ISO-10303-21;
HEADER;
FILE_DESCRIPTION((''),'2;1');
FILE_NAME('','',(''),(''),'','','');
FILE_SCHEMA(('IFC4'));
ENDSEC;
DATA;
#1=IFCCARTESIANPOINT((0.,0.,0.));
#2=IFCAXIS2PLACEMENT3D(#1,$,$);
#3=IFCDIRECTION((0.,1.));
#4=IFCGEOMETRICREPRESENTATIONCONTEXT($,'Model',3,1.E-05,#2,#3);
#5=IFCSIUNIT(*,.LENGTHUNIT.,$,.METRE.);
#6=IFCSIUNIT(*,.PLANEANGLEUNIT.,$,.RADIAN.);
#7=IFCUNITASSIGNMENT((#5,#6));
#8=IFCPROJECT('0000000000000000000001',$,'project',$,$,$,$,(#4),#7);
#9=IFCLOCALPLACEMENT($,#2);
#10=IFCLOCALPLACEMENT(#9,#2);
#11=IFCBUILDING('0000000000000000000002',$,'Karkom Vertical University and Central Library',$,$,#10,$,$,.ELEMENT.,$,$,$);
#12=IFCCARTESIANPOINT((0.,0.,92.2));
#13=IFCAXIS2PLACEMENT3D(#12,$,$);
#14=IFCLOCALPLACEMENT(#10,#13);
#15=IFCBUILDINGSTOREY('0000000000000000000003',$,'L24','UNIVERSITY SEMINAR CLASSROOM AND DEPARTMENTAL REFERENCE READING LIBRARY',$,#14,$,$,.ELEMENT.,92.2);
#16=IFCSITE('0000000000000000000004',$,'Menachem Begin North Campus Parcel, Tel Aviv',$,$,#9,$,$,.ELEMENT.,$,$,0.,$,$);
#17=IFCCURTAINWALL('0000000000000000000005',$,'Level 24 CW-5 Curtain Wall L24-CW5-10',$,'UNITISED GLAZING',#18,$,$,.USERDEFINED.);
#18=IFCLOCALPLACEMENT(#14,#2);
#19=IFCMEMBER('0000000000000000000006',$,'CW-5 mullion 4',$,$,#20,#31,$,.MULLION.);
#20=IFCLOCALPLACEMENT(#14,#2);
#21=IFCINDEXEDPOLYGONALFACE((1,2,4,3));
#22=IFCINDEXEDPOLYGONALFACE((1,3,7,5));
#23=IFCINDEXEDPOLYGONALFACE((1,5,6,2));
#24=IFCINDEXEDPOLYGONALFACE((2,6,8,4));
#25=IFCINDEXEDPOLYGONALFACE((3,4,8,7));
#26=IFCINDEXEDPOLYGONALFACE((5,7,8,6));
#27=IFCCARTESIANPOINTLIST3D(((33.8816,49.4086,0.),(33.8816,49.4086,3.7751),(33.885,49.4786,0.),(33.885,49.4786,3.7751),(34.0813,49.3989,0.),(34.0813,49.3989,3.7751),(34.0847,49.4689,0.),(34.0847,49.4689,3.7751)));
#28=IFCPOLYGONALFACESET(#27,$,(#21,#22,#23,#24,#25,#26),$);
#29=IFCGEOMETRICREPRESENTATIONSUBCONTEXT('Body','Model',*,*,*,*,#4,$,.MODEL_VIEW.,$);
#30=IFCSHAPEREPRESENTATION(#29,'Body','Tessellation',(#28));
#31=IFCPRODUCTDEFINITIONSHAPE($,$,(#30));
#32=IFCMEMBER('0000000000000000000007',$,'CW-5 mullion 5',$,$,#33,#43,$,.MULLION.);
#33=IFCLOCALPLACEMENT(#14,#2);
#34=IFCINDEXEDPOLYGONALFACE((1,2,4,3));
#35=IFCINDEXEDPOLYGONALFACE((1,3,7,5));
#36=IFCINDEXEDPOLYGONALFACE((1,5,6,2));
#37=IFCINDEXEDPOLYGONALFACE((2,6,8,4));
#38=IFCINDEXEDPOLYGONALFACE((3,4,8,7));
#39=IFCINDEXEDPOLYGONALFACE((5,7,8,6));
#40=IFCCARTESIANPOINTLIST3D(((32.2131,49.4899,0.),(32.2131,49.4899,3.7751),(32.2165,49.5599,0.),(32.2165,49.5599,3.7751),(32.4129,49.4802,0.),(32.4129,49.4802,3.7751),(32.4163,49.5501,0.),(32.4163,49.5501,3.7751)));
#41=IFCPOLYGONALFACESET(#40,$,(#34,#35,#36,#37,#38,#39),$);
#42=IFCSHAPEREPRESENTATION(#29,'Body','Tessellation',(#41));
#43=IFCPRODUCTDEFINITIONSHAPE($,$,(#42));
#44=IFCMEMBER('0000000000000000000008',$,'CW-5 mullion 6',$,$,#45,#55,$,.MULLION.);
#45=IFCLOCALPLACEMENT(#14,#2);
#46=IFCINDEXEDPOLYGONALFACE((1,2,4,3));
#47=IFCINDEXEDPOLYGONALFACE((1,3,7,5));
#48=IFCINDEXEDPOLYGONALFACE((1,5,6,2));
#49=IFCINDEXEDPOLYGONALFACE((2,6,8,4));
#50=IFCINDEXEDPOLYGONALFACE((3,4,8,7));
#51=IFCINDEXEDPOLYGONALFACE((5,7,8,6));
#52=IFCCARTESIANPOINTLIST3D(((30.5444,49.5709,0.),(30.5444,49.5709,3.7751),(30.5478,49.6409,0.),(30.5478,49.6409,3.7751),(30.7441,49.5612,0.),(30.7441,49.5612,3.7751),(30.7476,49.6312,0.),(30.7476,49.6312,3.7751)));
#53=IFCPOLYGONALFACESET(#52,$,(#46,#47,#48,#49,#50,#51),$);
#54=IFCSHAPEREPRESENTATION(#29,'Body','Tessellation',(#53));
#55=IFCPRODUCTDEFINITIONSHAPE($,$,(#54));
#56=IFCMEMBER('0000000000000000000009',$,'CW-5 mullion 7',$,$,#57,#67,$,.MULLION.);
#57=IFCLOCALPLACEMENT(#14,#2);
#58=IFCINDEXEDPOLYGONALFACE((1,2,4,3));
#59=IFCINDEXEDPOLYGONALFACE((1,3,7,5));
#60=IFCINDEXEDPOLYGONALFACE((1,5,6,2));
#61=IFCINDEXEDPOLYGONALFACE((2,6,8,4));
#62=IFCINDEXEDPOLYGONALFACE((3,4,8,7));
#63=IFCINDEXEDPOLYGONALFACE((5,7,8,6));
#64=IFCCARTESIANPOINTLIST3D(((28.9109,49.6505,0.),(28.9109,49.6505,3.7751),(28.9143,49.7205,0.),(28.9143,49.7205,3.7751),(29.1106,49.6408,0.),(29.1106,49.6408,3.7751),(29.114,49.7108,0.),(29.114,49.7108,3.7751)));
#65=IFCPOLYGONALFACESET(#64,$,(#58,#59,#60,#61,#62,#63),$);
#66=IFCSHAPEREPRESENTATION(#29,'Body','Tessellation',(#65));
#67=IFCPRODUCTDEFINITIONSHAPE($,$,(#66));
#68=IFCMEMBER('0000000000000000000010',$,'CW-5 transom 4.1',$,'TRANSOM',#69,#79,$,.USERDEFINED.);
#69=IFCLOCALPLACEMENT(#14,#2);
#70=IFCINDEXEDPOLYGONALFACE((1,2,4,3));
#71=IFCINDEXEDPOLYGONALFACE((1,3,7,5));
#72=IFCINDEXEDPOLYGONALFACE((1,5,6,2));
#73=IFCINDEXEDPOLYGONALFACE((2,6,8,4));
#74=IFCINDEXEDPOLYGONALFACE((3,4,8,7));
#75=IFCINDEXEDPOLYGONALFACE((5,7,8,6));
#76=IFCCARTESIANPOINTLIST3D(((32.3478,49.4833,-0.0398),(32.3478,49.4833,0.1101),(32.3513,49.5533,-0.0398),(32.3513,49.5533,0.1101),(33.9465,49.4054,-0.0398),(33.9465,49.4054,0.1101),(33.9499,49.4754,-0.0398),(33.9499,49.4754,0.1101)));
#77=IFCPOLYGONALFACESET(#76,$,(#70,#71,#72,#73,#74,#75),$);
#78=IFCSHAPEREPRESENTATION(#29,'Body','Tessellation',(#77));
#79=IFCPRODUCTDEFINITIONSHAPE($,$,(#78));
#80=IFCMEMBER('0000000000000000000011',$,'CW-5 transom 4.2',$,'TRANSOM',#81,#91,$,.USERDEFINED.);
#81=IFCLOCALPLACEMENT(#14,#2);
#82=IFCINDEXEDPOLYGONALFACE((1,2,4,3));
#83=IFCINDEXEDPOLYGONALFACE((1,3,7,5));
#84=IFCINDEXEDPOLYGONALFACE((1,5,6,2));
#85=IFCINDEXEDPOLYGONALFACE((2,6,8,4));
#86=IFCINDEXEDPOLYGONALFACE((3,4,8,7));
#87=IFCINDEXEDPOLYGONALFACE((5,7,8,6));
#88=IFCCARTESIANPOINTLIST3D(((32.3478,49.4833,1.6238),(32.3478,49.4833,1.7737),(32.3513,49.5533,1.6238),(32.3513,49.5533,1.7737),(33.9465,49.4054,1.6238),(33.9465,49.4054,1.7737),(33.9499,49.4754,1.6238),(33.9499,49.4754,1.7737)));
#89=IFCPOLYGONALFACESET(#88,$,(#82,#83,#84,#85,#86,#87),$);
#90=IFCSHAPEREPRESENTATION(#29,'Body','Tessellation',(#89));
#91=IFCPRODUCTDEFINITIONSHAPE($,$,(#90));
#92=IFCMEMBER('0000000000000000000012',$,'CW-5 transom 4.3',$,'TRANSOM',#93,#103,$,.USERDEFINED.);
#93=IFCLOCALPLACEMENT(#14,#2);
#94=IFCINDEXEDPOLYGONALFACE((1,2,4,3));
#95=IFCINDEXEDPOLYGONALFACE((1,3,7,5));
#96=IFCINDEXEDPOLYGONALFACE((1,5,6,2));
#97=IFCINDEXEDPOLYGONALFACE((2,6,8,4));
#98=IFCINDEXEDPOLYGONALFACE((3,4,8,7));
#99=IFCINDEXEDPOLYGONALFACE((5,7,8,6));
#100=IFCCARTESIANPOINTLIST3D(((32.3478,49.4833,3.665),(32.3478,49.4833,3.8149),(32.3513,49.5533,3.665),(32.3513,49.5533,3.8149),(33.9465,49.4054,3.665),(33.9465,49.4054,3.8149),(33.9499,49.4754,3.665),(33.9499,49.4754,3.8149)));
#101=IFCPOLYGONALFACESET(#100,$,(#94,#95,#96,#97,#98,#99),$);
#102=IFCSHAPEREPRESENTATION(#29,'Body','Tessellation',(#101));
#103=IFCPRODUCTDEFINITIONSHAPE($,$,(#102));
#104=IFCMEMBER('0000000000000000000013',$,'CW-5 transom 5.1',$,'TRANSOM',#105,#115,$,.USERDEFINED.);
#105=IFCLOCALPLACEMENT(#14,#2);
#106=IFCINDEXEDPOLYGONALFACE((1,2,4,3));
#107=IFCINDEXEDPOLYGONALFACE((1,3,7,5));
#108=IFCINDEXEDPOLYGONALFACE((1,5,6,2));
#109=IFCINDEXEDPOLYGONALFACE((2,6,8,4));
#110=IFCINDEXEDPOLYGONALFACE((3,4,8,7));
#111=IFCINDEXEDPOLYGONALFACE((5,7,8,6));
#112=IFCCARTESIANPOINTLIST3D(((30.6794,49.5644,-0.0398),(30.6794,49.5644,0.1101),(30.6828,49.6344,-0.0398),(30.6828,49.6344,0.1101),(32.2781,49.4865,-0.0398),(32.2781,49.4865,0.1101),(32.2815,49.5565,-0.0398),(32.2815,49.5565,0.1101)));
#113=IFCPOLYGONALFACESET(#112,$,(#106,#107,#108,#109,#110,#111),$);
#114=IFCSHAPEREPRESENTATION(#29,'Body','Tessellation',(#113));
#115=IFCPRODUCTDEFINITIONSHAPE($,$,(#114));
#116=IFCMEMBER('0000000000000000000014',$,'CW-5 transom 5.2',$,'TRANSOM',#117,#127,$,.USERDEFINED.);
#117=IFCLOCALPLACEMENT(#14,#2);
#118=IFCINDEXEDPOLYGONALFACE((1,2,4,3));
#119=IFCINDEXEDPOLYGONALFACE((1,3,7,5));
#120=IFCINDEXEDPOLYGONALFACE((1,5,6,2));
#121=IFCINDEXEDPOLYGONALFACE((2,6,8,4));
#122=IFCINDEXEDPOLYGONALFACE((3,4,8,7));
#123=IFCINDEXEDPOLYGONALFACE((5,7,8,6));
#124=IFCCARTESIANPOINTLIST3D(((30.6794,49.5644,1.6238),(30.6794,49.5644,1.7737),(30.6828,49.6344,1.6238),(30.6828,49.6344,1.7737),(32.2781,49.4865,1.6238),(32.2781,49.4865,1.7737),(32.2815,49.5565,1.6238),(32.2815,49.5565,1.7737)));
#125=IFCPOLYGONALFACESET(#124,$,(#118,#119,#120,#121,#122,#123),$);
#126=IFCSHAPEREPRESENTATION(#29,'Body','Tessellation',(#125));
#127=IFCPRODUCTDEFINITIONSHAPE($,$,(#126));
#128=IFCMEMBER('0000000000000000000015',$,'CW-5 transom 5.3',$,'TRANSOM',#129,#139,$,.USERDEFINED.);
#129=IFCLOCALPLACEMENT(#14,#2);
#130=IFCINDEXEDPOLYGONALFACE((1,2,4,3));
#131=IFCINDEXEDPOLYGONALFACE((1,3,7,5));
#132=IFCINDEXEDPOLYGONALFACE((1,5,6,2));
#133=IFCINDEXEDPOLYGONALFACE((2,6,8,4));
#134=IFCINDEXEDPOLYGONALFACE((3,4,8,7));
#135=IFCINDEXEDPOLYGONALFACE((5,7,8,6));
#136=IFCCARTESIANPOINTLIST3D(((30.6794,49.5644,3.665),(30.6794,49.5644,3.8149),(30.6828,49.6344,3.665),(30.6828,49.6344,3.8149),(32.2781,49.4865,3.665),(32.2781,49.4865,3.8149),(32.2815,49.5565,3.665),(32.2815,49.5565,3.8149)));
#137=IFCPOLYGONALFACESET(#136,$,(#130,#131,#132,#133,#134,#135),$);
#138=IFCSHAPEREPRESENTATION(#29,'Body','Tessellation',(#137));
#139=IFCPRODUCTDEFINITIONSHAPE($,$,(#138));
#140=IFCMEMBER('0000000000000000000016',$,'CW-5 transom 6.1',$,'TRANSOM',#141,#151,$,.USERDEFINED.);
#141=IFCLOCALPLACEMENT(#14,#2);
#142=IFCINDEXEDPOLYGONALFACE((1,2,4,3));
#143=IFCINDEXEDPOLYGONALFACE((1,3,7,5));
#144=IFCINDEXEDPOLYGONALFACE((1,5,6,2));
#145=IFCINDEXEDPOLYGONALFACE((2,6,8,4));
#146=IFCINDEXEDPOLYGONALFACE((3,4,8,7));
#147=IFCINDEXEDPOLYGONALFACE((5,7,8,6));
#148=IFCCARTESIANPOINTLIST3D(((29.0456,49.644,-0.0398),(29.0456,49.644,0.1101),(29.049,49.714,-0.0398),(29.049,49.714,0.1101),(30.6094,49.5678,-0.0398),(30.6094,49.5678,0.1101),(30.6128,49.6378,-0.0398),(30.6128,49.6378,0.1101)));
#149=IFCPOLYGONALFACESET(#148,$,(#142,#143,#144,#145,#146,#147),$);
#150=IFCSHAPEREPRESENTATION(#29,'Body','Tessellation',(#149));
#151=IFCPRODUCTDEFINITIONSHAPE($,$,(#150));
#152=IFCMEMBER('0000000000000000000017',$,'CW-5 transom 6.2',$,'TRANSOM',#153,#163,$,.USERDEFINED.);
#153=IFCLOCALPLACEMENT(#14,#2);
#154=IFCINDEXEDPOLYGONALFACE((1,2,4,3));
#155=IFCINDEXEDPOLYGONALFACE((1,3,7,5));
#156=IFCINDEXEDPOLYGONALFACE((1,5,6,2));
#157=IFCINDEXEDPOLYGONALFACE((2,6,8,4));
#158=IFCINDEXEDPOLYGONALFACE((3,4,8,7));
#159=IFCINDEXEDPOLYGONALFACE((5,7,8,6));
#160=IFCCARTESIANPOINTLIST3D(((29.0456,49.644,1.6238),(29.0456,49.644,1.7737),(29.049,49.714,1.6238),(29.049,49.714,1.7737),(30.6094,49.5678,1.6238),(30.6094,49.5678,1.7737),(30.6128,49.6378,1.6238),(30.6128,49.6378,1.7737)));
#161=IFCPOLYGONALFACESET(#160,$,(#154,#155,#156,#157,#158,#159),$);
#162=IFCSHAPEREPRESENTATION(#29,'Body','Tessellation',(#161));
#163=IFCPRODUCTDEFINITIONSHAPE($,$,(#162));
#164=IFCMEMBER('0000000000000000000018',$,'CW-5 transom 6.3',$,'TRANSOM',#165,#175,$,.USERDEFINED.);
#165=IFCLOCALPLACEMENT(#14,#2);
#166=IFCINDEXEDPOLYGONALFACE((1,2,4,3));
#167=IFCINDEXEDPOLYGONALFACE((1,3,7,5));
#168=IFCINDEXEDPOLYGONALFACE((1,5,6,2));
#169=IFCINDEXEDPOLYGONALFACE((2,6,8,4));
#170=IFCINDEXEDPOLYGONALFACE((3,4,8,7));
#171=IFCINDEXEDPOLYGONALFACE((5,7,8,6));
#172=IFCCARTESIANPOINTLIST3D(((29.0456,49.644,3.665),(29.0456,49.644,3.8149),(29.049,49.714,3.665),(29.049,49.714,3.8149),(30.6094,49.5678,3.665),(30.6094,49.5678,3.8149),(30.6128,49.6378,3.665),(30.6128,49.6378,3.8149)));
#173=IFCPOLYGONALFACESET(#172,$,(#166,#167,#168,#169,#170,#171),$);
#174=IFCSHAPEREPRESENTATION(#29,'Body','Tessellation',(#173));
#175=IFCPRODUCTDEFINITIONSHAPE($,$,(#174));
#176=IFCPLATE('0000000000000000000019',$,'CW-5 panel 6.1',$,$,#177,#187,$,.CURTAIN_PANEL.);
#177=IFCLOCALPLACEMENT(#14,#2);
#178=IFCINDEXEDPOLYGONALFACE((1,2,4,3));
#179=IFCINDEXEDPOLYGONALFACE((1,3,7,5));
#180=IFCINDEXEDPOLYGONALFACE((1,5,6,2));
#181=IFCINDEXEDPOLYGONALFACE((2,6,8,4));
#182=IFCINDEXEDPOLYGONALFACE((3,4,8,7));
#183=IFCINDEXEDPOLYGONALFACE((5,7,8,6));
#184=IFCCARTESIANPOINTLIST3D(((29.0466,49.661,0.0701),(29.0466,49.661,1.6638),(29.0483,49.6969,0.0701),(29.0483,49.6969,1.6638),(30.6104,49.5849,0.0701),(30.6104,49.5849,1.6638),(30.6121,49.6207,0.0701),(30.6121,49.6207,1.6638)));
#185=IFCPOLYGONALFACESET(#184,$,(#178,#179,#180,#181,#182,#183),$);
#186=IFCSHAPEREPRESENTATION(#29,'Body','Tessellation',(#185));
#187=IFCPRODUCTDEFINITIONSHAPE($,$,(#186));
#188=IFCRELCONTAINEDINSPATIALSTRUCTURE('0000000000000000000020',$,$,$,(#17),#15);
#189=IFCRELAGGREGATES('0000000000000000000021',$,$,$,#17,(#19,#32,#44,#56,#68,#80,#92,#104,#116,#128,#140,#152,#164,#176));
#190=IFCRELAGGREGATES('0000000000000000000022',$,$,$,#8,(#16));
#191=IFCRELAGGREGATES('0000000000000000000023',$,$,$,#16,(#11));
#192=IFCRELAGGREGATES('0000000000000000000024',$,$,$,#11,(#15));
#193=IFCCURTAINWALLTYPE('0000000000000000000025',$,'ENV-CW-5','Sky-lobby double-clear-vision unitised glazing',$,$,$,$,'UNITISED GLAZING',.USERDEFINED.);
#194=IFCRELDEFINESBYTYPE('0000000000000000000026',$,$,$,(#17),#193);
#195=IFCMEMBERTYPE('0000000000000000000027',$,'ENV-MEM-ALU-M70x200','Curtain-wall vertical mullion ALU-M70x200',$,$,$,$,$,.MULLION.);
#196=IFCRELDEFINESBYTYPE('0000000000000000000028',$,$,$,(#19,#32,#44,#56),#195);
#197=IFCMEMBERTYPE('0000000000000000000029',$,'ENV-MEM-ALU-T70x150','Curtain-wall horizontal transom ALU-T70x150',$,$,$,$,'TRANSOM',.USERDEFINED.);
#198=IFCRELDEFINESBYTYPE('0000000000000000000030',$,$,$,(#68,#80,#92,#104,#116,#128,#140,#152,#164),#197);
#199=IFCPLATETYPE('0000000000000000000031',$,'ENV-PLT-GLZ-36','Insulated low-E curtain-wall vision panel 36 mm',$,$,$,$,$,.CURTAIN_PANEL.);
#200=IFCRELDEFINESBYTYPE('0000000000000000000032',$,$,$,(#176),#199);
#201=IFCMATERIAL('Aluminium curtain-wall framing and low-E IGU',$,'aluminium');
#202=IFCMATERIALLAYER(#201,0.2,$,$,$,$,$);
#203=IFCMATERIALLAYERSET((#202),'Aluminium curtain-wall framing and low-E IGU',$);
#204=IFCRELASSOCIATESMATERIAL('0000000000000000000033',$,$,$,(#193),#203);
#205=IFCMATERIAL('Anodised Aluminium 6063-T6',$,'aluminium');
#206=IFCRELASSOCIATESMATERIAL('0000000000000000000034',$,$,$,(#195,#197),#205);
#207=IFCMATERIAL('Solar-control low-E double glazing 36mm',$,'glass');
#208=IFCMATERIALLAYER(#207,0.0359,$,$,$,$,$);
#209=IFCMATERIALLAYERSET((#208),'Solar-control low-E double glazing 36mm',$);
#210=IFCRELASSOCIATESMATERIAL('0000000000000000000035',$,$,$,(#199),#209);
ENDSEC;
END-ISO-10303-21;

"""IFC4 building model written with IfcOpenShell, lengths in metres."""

from ifc_helpers import new_model, si_unit, direction, frame, origin, origin_with_axes, origin_2d, place, context, subcontext, project, spatial, rectangle, extrude, source, transform, mapped, material, layer, layer_set, material_profile, profile_set, type_object, element, aggregate, save


model = new_model("IFC4")

# Units and contexts
model_context = context("Model", 3, precision=1e-05, world=origin(), true_north=direction((0.0, 1.0)))
body_context = subcontext(model_context, "Body", "Model", "MODEL_VIEW")
ifc_project = project(units=[si_unit("LENGTHUNIT", "METRE"), si_unit("PLANEANGLEUNIT", "RADIAN")], contexts=[model_context])

# Site, building, storey
site_placement = place(None, origin())
site = spatial("IfcSite", under=ifc_project, at=site_placement, Name="Menachem Begin North Campus Parcel, Tel Aviv", CompositionType="ELEMENT", RefElevation=0.0)
building_placement = place(site_placement, origin())
building = spatial("IfcBuilding", under=site, at=building_placement, Name="Karkom Vertical University and Central Library", CompositionType="ELEMENT")
storey_placement = place(building_placement, frame((0.0, 0.0, 92.2)))
storey = spatial("IfcBuildingStorey", under=building, at=storey_placement, Name="L24", Description="UNIVERSITY SEMINAR CLASSROOM AND DEPARTMENTAL REFERENCE READING LIBRARY", CompositionType="ELEMENT", Elevation=92.2)

# Curtain wall, members, plate
ifc_material_1 = material(Name="Aluminium curtain-wall framing and low-E IGU", Category="aluminium")
ifc_layer_1 = layer(ifc_material_1, 0.2)
ifc_layer_set_1 = layer_set([ifc_layer_1], Name="Aluminium curtain-wall framing and low-E IGU")
curtain_wall_type = type_object("IfcCurtainWallType", Name="ENV-CW-5", Description="Sky-lobby double-clear-vision unitised glazing", ElementType="UNITISED GLAZING", PredefinedType="USERDEFINED", material=ifc_layer_set_1)
curtain_wall_placement = place(storey_placement, origin())
curtain_wall = element("IfcCurtainWall", 1, at=curtain_wall_placement, inside=storey, type_object=curtain_wall_type, Name="Level 24 CW-5 Curtain Wall L24-CW5-10", ObjectType="UNITISED GLAZING", PredefinedType="USERDEFINED")
ifc_material_2 = material(Name="Anodised Aluminium 6063-T6", Category="aluminium")
ifc_material_profile_1 = material_profile(ifc_material_2, rectangle(XDim=0.0701, YDim=0.2, at=origin_2d()), Name="ALU-M70x200")
ifc_profile_set_1 = profile_set([ifc_material_profile_1], Name="Anodised Aluminium 6063-T6")
member_type_1 = type_object("IfcMemberType", Name="ENV-MEM-ALU-M70x200", Description="Curtain-wall vertical mullion ALU-M70x200", PredefinedType="MULLION", material=ifc_profile_set_1)
shared_shape_1 = source(origin_with_axes(), body_context, "Body", "SweptSolid", [
    extrude(rectangle(XDim=0.0701, YDim=0.2, at=origin_2d()), origin(), (0.0, 0.0, 1.0), 3.7751),
])
member_1_placement = place(storey_placement, frame((33.9832, 49.4387, 0.0), z_axis=(0.0, 0.0, 1.0), x_axis=(-0.048636, -0.998817, 0.0)))
member_1 = element("IfcMember", 2, at=member_1_placement, type_object=member_type_1, Name="CW-5 mullion 4", PredefinedType="MULLION", context=body_context, shape_type="MappedRepresentation", body=[
    mapped(shared_shape_1, transform((0.0, 0.0, 0.0), scale=1.0)),
])
member_2_placement = place(storey_placement, frame((32.3147, 49.52, 0.0), z_axis=(0.0, 0.0, 1.0), x_axis=(-0.048636, -0.998817, 0.0)))
member_2 = element("IfcMember", 3, at=member_2_placement, type_object=member_type_1, Name="CW-5 mullion 5", PredefinedType="MULLION", context=body_context, shape_type="MappedRepresentation", body=[
    mapped(shared_shape_1, transform((0.0, 0.0, 0.0), scale=1.0)),
])
member_3_placement = place(storey_placement, frame((30.646, 49.6011, 0.0), z_axis=(0.0, 0.0, 1.0), x_axis=(-0.048636, -0.998817, 0.0)))
member_3 = element("IfcMember", 4, at=member_3_placement, type_object=member_type_1, Name="CW-5 mullion 6", PredefinedType="MULLION", context=body_context, shape_type="MappedRepresentation", body=[
    mapped(shared_shape_1, transform((0.0, 0.0, 0.0), scale=1.0)),
])
member_4_placement = place(storey_placement, frame((29.0125, 49.6807, 0.0), z_axis=(0.0, 0.0, 1.0), x_axis=(-0.048636, -0.998817, 0.0)))
member_4 = element("IfcMember", 5, at=member_4_placement, type_object=member_type_1, Name="CW-5 mullion 7", PredefinedType="MULLION", context=body_context, shape_type="MappedRepresentation", body=[
    mapped(shared_shape_1, transform((0.0, 0.0, 0.0), scale=1.0)),
])
ifc_material_profile_2 = material_profile(ifc_material_2, rectangle(XDim=0.0701, YDim=0.1499, at=origin_2d()), Name="ALU-T70x150")
ifc_profile_set_2 = profile_set([ifc_material_profile_2], Name="Anodised Aluminium 6063-T6")
member_type_2 = type_object("IfcMemberType", Name="ENV-MEM-ALU-T70x150", Description="Curtain-wall horizontal transom ALU-T70x150", ElementType="TRANSOM", PredefinedType="USERDEFINED", material=ifc_profile_set_2)
shared_shape_2 = source(origin_with_axes(), body_context, "Body", "SweptSolid", [
    extrude(rectangle(XDim=0.0701, YDim=0.1499, at=origin_2d()), origin(), (0.0, 0.0, 1.0), 1.6006),
])
member_5_placement = place(storey_placement, frame((33.9482, 49.4404, 0.0352), z_axis=(-0.998815, 0.048659, 0.0), x_axis=(-0.048659, -0.998815, 0.0)))
member_5 = element("IfcMember", 6, at=member_5_placement, type_object=member_type_2, Name="CW-5 transom 4.1", ObjectType="TRANSOM", PredefinedType="USERDEFINED", context=body_context, shape_type="MappedRepresentation", body=[
    mapped(shared_shape_2, transform((0.0, 0.0, 0.0), scale=1.0)),
])
member_6_placement = place(storey_placement, frame((33.9482, 49.4404, 1.6987), z_axis=(-0.998815, 0.048659, 0.0), x_axis=(-0.048659, -0.998815, 0.0)))
member_6 = element("IfcMember", 7, at=member_6_placement, type_object=member_type_2, Name="CW-5 transom 4.2", ObjectType="TRANSOM", PredefinedType="USERDEFINED", context=body_context, shape_type="MappedRepresentation", body=[
    mapped(shared_shape_2, transform((0.0, 0.0, 0.0), scale=1.0)),
])
member_7_placement = place(storey_placement, frame((33.9482, 49.4404, 3.74), z_axis=(-0.998815, 0.048659, 0.0), x_axis=(-0.048659, -0.998815, 0.0)))
member_7 = element("IfcMember", 8, at=member_7_placement, type_object=member_type_2, Name="CW-5 transom 4.3", ObjectType="TRANSOM", PredefinedType="USERDEFINED", context=body_context, shape_type="MappedRepresentation", body=[
    mapped(shared_shape_2, transform((0.0, 0.0, 0.0), scale=1.0)),
])
member_8_placement = place(storey_placement, frame((32.2798, 49.5215, 0.0352), z_axis=(-0.998815, 0.048659, 0.0), x_axis=(-0.048659, -0.998815, 0.0)))
member_8 = element("IfcMember", 9, at=member_8_placement, type_object=member_type_2, Name="CW-5 transom 5.1", ObjectType="TRANSOM", PredefinedType="USERDEFINED", context=body_context, shape_type="MappedRepresentation", body=[
    mapped(shared_shape_2, transform((0.0, 0.0, 0.0), scale=1.0)),
])
member_9_placement = place(storey_placement, frame((32.2798, 49.5215, 1.6987), z_axis=(-0.998815, 0.048659, 0.0), x_axis=(-0.048659, -0.998815, 0.0)))
member_9 = element("IfcMember", 10, at=member_9_placement, type_object=member_type_2, Name="CW-5 transom 5.2", ObjectType="TRANSOM", PredefinedType="USERDEFINED", context=body_context, shape_type="MappedRepresentation", body=[
    mapped(shared_shape_2, transform((0.0, 0.0, 0.0), scale=1.0)),
])
member_10_placement = place(storey_placement, frame((32.2798, 49.5215, 3.74), z_axis=(-0.998815, 0.048659, 0.0), x_axis=(-0.048659, -0.998815, 0.0)))
member_10 = element("IfcMember", 11, at=member_10_placement, type_object=member_type_2, Name="CW-5 transom 5.3", ObjectType="TRANSOM", PredefinedType="USERDEFINED", context=body_context, shape_type="MappedRepresentation", body=[
    mapped(shared_shape_2, transform((0.0, 0.0, 0.0), scale=1.0)),
])
shared_shape_3 = source(origin_with_axes(), body_context, "Body", "SweptSolid", [
    extrude(rectangle(XDim=0.0701, YDim=0.1499, at=origin_2d()), origin(), (0.0, 0.0, 1.0), 1.5657),
])
member_11_placement = place(storey_placement, frame((30.6111, 49.6028, 0.0352), z_axis=(-0.998816, 0.048654, 0.0), x_axis=(-0.048654, -0.998816, 0.0)))
member_11 = element("IfcMember", 12, at=member_11_placement, type_object=member_type_2, Name="CW-5 transom 6.1", ObjectType="TRANSOM", PredefinedType="USERDEFINED", context=body_context, shape_type="MappedRepresentation", body=[
    mapped(shared_shape_3, transform((0.0, 0.0, 0.0), scale=1.0)),
])
member_12_placement = place(storey_placement, frame((30.6111, 49.6028, 1.6987), z_axis=(-0.998816, 0.048654, 0.0), x_axis=(-0.048654, -0.998816, 0.0)))
member_12 = element("IfcMember", 13, at=member_12_placement, type_object=member_type_2, Name="CW-5 transom 6.2", ObjectType="TRANSOM", PredefinedType="USERDEFINED", context=body_context, shape_type="MappedRepresentation", body=[
    mapped(shared_shape_3, transform((0.0, 0.0, 0.0), scale=1.0)),
])
member_13_placement = place(storey_placement, frame((30.6111, 49.6028, 3.74), z_axis=(-0.998816, 0.048654, 0.0), x_axis=(-0.048654, -0.998816, 0.0)))
member_13 = element("IfcMember", 14, at=member_13_placement, type_object=member_type_2, Name="CW-5 transom 6.3", ObjectType="TRANSOM", PredefinedType="USERDEFINED", context=body_context, shape_type="MappedRepresentation", body=[
    mapped(shared_shape_3, transform((0.0, 0.0, 0.0), scale=1.0)),
])
ifc_material_3 = material(Name="Solar-control low-E double glazing 36mm", Category="glass")
ifc_layer_2 = layer(ifc_material_3, 0.0359)
ifc_layer_set_2 = layer_set([ifc_layer_2], Name="Solar-control low-E double glazing 36mm")
plate_type = type_object("IfcPlateType", Name="ENV-PLT-GLZ-36", Description="Insulated low-E curtain-wall vision panel 36 mm", PredefinedType="CURTAIN_PANEL", material=ifc_layer_set_2)
shared_shape_4 = source(origin_with_axes(), body_context, "Body", "SweptSolid", [
    extrude(rectangle(XDim=1.5657, YDim=0.0359, at=origin_2d()), origin(), (0.0, 0.0, 1.0), 1.5938),
])
plate_1_placement = place(storey_placement, frame((29.8293, 49.6409, 0.0701), z_axis=(0.0, 0.0, 1.0), x_axis=(-0.998817, 0.048636, 0.0)))
plate_1 = element("IfcPlate", 15, at=plate_1_placement, type_object=plate_type, Name="CW-5 panel 6.1", PredefinedType="CURTAIN_PANEL", context=body_context, shape_type="MappedRepresentation", body=[
    mapped(shared_shape_4, transform((0.0, 0.0, 0.0), scale=1.0)),
])
aggregate(curtain_wall, [member_1, member_2, member_3, member_4, member_5, member_6, member_7, member_8, member_9, member_10, member_11, member_12, member_13, plate_1])

save(model, "model.ifc")
